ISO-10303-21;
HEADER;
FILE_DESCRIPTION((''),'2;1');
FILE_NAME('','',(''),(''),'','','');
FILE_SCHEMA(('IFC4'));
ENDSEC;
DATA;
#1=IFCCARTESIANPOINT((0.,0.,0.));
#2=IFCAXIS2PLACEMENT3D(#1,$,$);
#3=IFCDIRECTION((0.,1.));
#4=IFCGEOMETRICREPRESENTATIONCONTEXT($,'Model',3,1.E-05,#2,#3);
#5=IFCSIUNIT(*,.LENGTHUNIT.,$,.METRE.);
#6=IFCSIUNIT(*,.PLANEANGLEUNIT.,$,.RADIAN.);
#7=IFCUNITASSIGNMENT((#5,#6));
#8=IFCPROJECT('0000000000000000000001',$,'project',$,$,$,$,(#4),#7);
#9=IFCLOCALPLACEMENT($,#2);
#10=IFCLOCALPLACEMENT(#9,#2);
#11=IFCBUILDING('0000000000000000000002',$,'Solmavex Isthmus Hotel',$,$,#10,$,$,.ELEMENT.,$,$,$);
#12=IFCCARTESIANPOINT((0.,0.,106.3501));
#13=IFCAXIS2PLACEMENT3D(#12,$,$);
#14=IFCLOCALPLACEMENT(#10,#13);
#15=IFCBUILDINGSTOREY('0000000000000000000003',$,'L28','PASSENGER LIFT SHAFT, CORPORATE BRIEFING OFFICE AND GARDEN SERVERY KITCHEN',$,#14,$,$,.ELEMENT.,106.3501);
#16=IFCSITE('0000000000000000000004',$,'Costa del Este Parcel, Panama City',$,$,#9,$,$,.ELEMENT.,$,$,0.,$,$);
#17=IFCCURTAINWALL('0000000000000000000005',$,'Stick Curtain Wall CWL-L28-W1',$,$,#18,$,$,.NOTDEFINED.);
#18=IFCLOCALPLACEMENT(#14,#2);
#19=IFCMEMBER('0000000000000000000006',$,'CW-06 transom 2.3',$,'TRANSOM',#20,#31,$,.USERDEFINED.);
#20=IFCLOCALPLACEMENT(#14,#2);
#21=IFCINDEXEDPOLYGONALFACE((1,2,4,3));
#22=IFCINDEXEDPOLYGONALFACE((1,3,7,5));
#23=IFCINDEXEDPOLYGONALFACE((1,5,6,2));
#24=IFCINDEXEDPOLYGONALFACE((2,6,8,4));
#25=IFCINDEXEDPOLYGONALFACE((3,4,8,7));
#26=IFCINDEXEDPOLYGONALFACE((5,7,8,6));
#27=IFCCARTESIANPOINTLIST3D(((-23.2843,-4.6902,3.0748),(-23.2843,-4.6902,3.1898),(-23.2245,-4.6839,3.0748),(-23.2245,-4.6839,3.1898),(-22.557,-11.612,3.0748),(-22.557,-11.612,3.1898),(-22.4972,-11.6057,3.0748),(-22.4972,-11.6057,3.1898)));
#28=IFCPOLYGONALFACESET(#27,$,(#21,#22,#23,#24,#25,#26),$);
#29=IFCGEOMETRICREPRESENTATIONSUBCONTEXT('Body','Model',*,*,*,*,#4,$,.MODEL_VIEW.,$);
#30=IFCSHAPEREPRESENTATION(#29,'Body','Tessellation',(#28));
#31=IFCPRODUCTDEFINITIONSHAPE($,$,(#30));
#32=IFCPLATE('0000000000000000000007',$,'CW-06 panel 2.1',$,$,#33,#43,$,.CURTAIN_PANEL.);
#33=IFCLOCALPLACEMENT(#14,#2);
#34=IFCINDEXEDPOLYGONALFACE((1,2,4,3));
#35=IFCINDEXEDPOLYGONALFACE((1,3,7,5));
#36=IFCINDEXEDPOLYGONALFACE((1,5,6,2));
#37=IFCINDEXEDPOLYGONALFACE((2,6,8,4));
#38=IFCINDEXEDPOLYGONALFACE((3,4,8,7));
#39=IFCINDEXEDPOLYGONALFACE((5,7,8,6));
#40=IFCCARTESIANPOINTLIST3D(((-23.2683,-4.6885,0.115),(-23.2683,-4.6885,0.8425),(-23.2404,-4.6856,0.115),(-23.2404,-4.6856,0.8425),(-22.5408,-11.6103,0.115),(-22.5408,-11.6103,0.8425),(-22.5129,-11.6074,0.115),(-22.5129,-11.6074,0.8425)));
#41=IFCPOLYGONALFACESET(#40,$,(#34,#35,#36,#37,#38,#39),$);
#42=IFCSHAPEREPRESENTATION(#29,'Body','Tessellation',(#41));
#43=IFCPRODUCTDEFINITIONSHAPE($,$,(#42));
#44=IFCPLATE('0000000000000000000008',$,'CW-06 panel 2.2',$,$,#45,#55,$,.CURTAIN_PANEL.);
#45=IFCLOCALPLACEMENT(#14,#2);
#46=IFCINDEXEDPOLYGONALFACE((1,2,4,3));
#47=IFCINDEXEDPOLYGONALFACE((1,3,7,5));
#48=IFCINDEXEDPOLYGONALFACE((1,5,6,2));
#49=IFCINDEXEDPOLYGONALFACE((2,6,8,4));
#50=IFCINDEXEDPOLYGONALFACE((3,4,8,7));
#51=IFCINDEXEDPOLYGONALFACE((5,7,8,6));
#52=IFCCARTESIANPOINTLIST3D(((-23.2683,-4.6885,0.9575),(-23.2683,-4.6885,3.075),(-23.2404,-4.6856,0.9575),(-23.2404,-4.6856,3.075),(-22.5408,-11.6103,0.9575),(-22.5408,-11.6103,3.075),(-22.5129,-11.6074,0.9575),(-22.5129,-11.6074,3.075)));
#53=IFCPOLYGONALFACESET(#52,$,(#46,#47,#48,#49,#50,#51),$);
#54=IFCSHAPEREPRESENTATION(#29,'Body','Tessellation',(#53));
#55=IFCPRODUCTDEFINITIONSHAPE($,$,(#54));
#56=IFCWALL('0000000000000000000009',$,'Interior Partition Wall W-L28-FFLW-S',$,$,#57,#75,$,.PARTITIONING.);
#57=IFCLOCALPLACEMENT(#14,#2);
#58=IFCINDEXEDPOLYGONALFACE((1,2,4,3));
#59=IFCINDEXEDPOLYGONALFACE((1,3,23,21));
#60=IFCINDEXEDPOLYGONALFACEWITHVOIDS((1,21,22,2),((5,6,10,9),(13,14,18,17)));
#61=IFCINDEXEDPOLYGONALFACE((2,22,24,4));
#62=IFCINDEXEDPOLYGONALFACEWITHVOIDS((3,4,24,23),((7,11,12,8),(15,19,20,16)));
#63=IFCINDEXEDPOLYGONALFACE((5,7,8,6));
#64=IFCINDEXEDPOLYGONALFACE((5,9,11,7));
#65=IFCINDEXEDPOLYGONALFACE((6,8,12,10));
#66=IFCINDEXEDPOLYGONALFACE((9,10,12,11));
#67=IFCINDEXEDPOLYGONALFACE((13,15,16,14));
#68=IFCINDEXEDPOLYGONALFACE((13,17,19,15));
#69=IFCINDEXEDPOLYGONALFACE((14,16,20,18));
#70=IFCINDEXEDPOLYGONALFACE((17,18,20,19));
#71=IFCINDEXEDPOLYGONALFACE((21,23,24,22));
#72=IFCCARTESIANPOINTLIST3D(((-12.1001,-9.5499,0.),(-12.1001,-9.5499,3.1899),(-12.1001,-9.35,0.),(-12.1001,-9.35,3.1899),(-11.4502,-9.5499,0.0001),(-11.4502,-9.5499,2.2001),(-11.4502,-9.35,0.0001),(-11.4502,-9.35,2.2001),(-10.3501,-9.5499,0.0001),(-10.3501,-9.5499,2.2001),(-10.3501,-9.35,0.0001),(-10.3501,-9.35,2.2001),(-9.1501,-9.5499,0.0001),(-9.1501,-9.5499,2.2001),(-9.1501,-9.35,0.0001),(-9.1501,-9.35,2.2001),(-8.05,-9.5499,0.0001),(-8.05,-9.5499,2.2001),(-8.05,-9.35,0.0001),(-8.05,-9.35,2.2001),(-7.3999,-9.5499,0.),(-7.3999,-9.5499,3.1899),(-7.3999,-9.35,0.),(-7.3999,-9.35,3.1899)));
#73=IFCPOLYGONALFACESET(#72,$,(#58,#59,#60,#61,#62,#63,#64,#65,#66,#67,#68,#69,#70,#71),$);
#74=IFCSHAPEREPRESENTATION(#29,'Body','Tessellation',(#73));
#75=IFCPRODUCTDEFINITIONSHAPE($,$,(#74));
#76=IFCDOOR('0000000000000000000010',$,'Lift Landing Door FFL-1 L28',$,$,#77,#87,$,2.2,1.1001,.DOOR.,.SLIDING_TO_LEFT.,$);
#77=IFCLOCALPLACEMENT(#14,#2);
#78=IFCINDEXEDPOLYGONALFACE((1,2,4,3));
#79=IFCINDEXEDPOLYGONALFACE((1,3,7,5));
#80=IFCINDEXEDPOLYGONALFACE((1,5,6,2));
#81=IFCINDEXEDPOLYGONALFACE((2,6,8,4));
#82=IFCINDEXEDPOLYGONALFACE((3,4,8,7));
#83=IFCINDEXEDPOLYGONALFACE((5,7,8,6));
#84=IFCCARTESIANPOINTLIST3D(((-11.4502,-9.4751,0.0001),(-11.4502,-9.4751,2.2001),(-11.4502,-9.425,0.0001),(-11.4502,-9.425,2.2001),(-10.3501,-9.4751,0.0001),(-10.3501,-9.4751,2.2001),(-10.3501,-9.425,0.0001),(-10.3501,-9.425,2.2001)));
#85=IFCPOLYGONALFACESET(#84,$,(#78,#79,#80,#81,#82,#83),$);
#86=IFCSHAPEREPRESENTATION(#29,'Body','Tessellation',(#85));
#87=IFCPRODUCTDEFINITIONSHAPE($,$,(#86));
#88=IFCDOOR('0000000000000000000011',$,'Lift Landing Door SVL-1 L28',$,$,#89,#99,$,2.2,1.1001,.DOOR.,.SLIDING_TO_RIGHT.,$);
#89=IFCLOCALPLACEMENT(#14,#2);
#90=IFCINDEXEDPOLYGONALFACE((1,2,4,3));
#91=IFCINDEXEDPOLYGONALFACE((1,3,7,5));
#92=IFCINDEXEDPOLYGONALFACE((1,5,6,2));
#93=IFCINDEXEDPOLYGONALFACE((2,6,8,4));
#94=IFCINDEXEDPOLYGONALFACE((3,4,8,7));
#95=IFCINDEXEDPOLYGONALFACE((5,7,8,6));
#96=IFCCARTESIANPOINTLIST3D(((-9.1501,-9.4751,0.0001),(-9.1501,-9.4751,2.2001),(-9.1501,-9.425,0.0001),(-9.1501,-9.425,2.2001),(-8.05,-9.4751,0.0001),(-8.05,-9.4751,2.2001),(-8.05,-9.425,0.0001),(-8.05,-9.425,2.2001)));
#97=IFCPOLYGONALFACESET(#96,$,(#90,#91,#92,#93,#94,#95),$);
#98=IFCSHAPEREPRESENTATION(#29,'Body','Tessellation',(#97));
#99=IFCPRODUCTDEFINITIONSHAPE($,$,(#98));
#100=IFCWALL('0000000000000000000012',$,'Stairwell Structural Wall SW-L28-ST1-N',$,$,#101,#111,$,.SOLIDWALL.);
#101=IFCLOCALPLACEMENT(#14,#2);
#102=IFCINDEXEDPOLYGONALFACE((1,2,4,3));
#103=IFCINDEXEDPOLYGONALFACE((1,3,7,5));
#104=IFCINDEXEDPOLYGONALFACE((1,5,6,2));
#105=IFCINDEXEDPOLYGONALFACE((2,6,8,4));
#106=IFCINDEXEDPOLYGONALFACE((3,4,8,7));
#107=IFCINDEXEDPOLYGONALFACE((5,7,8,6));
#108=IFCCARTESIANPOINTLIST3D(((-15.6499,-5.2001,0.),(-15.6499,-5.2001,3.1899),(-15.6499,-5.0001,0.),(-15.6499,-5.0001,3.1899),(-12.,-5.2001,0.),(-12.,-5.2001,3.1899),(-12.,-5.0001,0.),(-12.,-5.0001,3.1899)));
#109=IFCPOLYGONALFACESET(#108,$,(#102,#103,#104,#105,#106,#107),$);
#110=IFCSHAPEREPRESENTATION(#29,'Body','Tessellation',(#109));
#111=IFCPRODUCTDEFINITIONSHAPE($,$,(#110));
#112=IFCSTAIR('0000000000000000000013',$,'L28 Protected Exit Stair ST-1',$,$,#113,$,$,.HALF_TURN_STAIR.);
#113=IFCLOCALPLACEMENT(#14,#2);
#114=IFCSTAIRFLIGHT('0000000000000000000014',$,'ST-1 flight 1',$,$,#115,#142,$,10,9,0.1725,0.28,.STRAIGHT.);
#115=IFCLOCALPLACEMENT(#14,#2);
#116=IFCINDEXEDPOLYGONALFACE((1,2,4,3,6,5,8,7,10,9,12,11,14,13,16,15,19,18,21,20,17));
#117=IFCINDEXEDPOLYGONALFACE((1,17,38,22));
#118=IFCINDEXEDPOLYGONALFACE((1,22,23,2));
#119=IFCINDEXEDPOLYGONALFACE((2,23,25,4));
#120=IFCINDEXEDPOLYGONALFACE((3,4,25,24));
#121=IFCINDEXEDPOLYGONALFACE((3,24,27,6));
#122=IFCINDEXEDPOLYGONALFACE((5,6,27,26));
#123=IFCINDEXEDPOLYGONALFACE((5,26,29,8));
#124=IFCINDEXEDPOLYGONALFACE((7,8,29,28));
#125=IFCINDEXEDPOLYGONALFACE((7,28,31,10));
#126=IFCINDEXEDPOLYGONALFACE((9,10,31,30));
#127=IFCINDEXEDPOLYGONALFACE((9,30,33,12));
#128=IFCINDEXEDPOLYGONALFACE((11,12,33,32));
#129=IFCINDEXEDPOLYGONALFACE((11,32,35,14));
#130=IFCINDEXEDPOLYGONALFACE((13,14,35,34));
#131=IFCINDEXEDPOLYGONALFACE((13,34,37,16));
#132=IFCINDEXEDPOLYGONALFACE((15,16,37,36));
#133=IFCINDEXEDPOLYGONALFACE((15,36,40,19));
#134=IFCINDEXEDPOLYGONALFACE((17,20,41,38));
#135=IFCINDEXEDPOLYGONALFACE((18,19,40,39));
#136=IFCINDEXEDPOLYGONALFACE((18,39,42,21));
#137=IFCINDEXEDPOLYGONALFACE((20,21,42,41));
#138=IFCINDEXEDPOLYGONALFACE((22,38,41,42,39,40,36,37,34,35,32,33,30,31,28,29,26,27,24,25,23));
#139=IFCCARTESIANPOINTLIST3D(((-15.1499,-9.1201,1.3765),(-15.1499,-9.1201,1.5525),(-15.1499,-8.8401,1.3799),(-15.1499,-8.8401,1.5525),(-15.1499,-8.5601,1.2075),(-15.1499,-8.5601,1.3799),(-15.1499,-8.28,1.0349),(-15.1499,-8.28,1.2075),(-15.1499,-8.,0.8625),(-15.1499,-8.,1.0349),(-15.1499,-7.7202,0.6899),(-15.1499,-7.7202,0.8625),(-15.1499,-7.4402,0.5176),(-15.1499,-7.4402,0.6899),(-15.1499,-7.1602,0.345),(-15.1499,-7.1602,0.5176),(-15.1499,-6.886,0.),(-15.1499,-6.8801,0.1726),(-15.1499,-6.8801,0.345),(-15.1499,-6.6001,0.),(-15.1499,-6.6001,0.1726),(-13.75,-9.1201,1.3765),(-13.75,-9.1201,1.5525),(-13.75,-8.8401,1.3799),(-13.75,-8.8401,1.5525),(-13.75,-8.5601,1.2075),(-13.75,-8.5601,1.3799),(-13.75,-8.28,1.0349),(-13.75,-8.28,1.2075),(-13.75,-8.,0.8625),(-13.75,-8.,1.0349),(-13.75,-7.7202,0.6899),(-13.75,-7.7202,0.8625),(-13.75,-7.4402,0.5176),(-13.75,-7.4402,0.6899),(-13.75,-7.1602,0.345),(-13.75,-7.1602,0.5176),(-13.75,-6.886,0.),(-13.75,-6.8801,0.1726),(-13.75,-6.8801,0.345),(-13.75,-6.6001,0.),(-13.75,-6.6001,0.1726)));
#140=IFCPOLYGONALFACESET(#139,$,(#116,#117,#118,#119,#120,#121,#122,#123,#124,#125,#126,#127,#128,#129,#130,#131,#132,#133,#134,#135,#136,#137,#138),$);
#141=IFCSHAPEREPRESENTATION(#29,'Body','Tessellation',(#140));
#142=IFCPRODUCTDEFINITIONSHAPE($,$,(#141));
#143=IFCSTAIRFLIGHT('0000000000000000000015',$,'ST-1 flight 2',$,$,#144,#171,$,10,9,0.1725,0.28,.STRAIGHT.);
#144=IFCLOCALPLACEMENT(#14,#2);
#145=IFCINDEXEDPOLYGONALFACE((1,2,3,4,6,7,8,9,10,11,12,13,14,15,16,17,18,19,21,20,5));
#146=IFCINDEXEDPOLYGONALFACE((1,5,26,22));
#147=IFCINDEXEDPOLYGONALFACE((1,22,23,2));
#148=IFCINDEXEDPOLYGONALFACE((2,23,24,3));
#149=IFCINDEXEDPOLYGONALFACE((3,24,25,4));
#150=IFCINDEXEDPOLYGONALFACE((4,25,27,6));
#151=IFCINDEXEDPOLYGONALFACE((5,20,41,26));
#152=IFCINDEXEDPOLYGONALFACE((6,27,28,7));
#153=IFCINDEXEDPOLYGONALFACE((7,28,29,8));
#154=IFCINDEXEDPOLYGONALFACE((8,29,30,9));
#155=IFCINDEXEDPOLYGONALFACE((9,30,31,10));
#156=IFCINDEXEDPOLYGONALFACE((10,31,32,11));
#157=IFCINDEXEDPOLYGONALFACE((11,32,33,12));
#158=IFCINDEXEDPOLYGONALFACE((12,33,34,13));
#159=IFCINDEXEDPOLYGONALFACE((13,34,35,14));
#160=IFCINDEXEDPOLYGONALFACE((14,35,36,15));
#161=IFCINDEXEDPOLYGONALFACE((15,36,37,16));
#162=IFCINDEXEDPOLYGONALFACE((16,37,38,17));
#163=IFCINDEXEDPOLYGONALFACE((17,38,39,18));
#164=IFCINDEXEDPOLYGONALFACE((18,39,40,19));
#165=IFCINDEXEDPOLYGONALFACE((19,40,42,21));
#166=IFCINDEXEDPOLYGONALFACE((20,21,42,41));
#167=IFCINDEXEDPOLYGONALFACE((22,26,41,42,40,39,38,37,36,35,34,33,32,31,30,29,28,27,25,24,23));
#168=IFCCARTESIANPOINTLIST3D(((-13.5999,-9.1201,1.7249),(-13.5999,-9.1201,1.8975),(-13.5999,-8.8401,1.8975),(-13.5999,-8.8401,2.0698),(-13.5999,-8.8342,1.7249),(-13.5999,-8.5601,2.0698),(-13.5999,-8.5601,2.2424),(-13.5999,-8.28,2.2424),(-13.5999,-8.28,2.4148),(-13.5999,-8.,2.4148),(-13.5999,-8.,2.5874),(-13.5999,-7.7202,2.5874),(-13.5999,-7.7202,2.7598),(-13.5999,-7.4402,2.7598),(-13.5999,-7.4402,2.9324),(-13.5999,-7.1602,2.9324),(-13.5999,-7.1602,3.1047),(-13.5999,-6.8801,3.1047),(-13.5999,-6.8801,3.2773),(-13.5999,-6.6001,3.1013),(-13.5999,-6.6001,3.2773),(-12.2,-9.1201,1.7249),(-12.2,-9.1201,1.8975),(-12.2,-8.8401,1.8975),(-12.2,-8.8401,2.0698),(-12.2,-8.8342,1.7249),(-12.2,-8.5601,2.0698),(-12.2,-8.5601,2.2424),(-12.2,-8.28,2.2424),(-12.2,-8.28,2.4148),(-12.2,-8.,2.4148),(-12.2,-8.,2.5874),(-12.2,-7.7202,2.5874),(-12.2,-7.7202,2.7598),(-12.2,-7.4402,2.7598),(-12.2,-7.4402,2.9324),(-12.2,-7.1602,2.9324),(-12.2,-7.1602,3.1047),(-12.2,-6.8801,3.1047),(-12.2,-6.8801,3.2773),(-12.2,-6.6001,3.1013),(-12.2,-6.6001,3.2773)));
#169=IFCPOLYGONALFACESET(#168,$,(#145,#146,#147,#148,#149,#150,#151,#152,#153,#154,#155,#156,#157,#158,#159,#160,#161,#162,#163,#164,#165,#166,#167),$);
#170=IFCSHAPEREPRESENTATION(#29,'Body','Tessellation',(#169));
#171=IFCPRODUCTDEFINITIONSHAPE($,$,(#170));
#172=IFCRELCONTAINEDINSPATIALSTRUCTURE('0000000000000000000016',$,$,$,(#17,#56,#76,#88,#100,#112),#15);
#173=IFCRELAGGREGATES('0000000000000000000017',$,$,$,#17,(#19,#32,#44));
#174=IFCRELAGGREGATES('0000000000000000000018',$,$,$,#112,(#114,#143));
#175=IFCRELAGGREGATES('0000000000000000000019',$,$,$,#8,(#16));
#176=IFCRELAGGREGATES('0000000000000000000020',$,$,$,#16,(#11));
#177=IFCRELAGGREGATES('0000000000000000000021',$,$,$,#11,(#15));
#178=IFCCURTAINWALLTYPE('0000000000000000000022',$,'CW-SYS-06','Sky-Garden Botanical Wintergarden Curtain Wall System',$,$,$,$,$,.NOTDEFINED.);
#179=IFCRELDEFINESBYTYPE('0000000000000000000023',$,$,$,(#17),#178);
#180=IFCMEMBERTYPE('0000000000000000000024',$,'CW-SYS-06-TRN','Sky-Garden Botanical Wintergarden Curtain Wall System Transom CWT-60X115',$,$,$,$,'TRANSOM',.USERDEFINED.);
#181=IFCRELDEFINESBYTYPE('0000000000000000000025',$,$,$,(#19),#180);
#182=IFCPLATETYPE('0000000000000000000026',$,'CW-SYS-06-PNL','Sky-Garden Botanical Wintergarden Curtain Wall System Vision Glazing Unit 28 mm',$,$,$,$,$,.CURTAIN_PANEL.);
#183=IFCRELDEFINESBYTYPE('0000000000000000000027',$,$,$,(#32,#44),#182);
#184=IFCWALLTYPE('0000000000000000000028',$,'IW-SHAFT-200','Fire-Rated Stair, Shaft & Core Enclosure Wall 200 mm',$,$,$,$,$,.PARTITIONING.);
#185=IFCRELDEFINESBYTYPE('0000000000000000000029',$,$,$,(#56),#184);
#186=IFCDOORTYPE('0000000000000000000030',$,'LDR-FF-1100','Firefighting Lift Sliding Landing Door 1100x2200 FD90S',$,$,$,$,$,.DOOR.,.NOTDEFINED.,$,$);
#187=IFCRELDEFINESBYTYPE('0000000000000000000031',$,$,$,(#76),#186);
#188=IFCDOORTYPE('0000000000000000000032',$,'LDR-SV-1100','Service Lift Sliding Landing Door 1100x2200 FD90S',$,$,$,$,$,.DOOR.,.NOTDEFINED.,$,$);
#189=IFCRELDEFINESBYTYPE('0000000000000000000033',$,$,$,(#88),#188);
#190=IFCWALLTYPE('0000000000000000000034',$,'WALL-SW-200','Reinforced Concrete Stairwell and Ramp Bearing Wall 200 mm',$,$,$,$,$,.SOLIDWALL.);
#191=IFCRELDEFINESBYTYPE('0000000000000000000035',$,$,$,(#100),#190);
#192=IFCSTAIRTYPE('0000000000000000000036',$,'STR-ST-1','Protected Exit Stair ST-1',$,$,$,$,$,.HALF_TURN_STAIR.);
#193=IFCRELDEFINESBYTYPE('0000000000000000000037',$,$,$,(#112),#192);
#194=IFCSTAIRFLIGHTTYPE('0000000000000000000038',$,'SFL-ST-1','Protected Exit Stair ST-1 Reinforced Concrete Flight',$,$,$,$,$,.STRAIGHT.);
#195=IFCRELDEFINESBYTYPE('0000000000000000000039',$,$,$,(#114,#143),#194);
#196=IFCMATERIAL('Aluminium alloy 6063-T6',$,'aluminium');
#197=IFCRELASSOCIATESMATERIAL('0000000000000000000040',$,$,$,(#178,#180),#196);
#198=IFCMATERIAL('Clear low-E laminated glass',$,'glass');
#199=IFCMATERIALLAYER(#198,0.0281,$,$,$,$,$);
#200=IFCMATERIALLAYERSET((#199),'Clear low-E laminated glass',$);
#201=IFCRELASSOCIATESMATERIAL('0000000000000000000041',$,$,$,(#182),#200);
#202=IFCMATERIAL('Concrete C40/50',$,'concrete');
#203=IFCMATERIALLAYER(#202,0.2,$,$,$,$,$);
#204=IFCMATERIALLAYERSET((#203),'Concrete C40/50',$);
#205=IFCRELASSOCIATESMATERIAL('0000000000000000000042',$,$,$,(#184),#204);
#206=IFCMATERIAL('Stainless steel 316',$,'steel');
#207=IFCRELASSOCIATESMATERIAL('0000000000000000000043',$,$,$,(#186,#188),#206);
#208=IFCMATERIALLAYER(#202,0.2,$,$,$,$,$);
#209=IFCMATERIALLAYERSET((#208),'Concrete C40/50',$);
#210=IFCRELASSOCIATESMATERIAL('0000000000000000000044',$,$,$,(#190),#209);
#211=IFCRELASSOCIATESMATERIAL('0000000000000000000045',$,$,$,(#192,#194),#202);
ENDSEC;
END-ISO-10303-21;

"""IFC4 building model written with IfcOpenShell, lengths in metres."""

from ifc_helpers import new_model, si_unit, direction, frame, frame_2d, origin, origin_2d, place, context, subcontext, project, spatial, polyline, rectangle, outline, extrude, material, layer, layer_set, material_profile, profile_set, type_object, element, fill, aggregate, save


model = new_model("IFC4")

# Units and contexts
model_context = context("Model", 3, precision=1e-05, world=origin(), true_north=direction((0.0, 1.0)))
body_context = subcontext(model_context, "Body", "Model", "MODEL_VIEW")
ifc_project = project(units=[si_unit("LENGTHUNIT", "METRE"), si_unit("PLANEANGLEUNIT", "RADIAN")], contexts=[model_context])

# Site, building, storey
site_placement = place(None, origin())
site = spatial("IfcSite", under=ifc_project, at=site_placement, Name="Costa del Este Parcel, Panama City", CompositionType="ELEMENT", RefElevation=0.0)
building_placement = place(site_placement, origin())
building = spatial("IfcBuilding", under=site, at=building_placement, Name="Solmavex Isthmus Hotel", CompositionType="ELEMENT")
storey_placement = place(building_placement, frame((0.0, 0.0, 106.3501)))
storey = spatial("IfcBuildingStorey", under=building, at=storey_placement, Name="L28", Description="PASSENGER LIFT SHAFT, CORPORATE BRIEFING OFFICE AND GARDEN SERVERY KITCHEN", CompositionType="ELEMENT", Elevation=106.3501)

# Curtain wall, member, plates
ifc_material_1 = material(Name="Aluminium alloy 6063-T6", Category="aluminium")
curtain_wall_type = type_object("IfcCurtainWallType", Name="CW-SYS-06", Description="Sky-Garden Botanical Wintergarden Curtain Wall System", PredefinedType="NOTDEFINED", material=ifc_material_1)
curtain_wall_placement = place(storey_placement, origin())
curtain_wall = element("IfcCurtainWall", 1, at=curtain_wall_placement, inside=storey, type_object=curtain_wall_type, Name="Stick Curtain Wall CWL-L28-W1", PredefinedType="NOTDEFINED")
ifc_material_profile = material_profile(ifc_material_1, rectangle(XDim=0.0601, YDim=0.115, at=origin_2d()), Name="CWT-60X115")
ifc_profile_set = profile_set([ifc_material_profile], Name="Aluminium alloy 6063-T6")
member_type = type_object("IfcMemberType", Name="CW-SYS-06-TRN", Description="Sky-Garden Botanical Wintergarden Curtain Wall System Transom CWT-60X115", ElementType="TRANSOM", PredefinedType="USERDEFINED", material=ifc_profile_set)
member_placement = place(storey_placement, frame((-22.5271, -11.6089, 3.1323), z_axis=(-0.104497, 0.994525, 0.0), x_axis=(-0.994525, -0.104497, 0.0)))
member = element("IfcMember", 2, at=member_placement, type_object=member_type, Name="CW-06 transom 2.3", ObjectType="TRANSOM", PredefinedType="USERDEFINED", context=body_context, shape_type="SweptSolid", body=[
    extrude(rectangle(XDim=0.0601, YDim=0.115, at=origin_2d()), origin(), (0.0, 0.0, 1.0), 6.96),
])
ifc_material_2 = material(Name="Clear low-E laminated glass", Category="glass")
ifc_layer_1 = layer(ifc_material_2, 0.0281)
ifc_layer_set_1 = layer_set([ifc_layer_1], Name="Clear low-E laminated glass")
plate_type = type_object("IfcPlateType", Name="CW-SYS-06-PNL", Description="Sky-Garden Botanical Wintergarden Curtain Wall System Vision Glazing Unit 28 mm", PredefinedType="CURTAIN_PANEL", material=ifc_layer_set_1)
plate_1_placement = place(storey_placement, frame((-22.8906, -8.1479, 0.115), z_axis=(0.0, 0.0, 1.0), x_axis=(-0.104528, 0.994522, 0.0)))
plate_1 = element("IfcPlate", 3, at=plate_1_placement, type_object=plate_type, Name="CW-06 panel 2.1", PredefinedType="CURTAIN_PANEL", context=body_context, shape_type="SweptSolid", body=[
    extrude(rectangle(XDim=6.96, YDim=0.0281, at=origin_2d()), origin(), (0.0, 0.0, 1.0), 0.7275),
])
plate_2_placement = place(storey_placement, frame((-22.8906, -8.1479, 0.9575), z_axis=(0.0, 0.0, 1.0), x_axis=(-0.104528, 0.994522, 0.0)))
plate_2 = element("IfcPlate", 4, at=plate_2_placement, type_object=plate_type, Name="CW-06 panel 2.2", PredefinedType="CURTAIN_PANEL", context=body_context, shape_type="SweptSolid", body=[
    extrude(rectangle(XDim=6.96, YDim=0.0281, at=origin_2d()), origin(), (0.0, 0.0, 1.0), 2.1174),
])
aggregate(curtain_wall, [member, plate_1, plate_2])

# Wall, openings, doors
ifc_material_3 = material(Name="Concrete C40/50", Category="concrete")
ifc_layer_2 = layer(ifc_material_3, 0.2)
ifc_layer_set_2 = layer_set([ifc_layer_2], Name="Concrete C40/50")
wall_type_1 = type_object("IfcWallType", Name="IW-SHAFT-200", Description="Fire-Rated Stair, Shaft & Core Enclosure Wall 200 mm", PredefinedType="PARTITIONING", material=ifc_layer_set_2)
wall_1_placement = place(storey_placement, frame((-12.1001, -9.45, 0.0), z_axis=(0.0, 0.0, 1.0), x_axis=(1.0, 0.0, 0.0)))
wall_1 = element("IfcWall", 5, at=wall_1_placement, inside=storey, type_object=wall_type_1, Name="Interior Partition Wall W-L28-FFLW-S", PredefinedType="PARTITIONING", context=body_context, shape_type="SweptSolid", body=[
    extrude(rectangle(XDim=4.7002, YDim=0.2, at=frame_2d((2.3501, 0.0))), origin(), (0.0, 0.0, 1.0), 3.1899),
])
opening_1_placement = place(wall_1_placement, frame((0.6499, 0.0, 0.0)))
opening_1 = element("IfcOpeningElement", 6, at=opening_1_placement, cuts=wall_1, PredefinedType="OPENING", context=body_context, shape_type="SweptSolid", body=[
    extrude(rectangle(XDim=1.1001, YDim=2.2, at=frame_2d((0.55, 1.1001))), frame((0.0, 0.1099, 0.0), z_axis=(0.0, -1.0, 0.0), x_axis=(1.0, 0.0, 0.0)), (0.0, 0.0, 1.0), 0.22),
])
opening_2_placement = place(wall_1_placement, frame((2.95, 0.0, 0.0)))
opening_2 = element("IfcOpeningElement", 7, at=opening_2_placement, cuts=wall_1, PredefinedType="OPENING", context=body_context, shape_type="SweptSolid", body=[
    extrude(rectangle(XDim=1.1001, YDim=2.2, at=frame_2d((0.55, 1.1001))), frame((0.0, 0.1099, 0.0), z_axis=(0.0, -1.0, 0.0), x_axis=(1.0, 0.0, 0.0)), (0.0, 0.0, 1.0), 0.22),
])
ifc_material_4 = material(Name="Stainless steel 316", Category="steel")
door_type_1 = type_object("IfcDoorType", Name="LDR-FF-1100", Description="Firefighting Lift Sliding Landing Door 1100x2200 FD90S", OperationType="NOTDEFINED", PredefinedType="DOOR", material=ifc_material_4)
door_1_placement = place(opening_1_placement, origin())
door_1 = element("IfcDoor", 8, at=door_1_placement, inside=storey, type_object=door_type_1, Name="Lift Landing Door FFL-1 L28", OperationType="SLIDING_TO_LEFT", OverallHeight=2.2, OverallWidth=1.1001, PredefinedType="DOOR", context=body_context, shape_type="SweptSolid", body=[
    extrude(rectangle(XDim=1.1001, YDim=2.2, at=frame_2d((0.55, 1.1001))), frame((0.0, 0.0249, 0.0), z_axis=(0.0, -1.0, 0.0), x_axis=(1.0, 0.0, 0.0)), (0.0, 0.0, 1.0), 0.05),
])
fill(opening_1, door_1)
door_type_2 = type_object("IfcDoorType", Name="LDR-SV-1100", Description="Service Lift Sliding Landing Door 1100x2200 FD90S", OperationType="NOTDEFINED", PredefinedType="DOOR", material=ifc_material_4)
door_2_placement = place(opening_2_placement, origin())
door_2 = element("IfcDoor", 9, at=door_2_placement, inside=storey, type_object=door_type_2, Name="Lift Landing Door SVL-1 L28", OperationType="SLIDING_TO_RIGHT", OverallHeight=2.2, OverallWidth=1.1001, PredefinedType="DOOR", context=body_context, shape_type="SweptSolid", body=[
    extrude(rectangle(XDim=1.1001, YDim=2.2, at=frame_2d((0.55, 1.1001))), frame((0.0, 0.0249, 0.0), z_axis=(0.0, -1.0, 0.0), x_axis=(1.0, 0.0, 0.0)), (0.0, 0.0, 1.0), 0.05),
])
fill(opening_2, door_2)

# Wall
ifc_layer_3 = layer(ifc_material_3, 0.2)
ifc_layer_set_3 = layer_set([ifc_layer_3], Name="Concrete C40/50")
wall_type_2 = type_object("IfcWallType", Name="WALL-SW-200", Description="Reinforced Concrete Stairwell and Ramp Bearing Wall 200 mm", PredefinedType="SOLIDWALL", material=ifc_layer_set_3)
wall_2_placement = place(storey_placement, frame((-15.6499, -5.1001, 0.0), z_axis=(0.0, 0.0, 1.0), x_axis=(1.0, 0.0, 0.0)))
element("IfcWall", 10, at=wall_2_placement, inside=storey, type_object=wall_type_2, Name="Stairwell Structural Wall SW-L28-ST1-N", PredefinedType="SOLIDWALL", context=body_context, shape_type="SweptSolid", body=[
    extrude(rectangle(XDim=3.6499, YDim=0.2, at=frame_2d((1.825, 0.0))), origin(), (0.0, 0.0, 1.0), 3.1899),
])

# Stair, stair flights
stair_type = type_object("IfcStairType", Name="STR-ST-1", Description="Protected Exit Stair ST-1", PredefinedType="HALF_TURN_STAIR", material=ifc_material_3)
stair_placement = place(storey_placement, origin())
stair = element("IfcStair", 11, at=stair_placement, inside=storey, type_object=stair_type, Name="L28 Protected Exit Stair ST-1", PredefinedType="HALF_TURN_STAIR")
stair_flight_type = type_object("IfcStairFlightType", Name="SFL-ST-1", Description="Protected Exit Stair ST-1 Reinforced Concrete Flight", PredefinedType="STRAIGHT", material=ifc_material_3)
stair_flight_1_placement = place(storey_placement, frame((-14.45, -6.6001, 0.0), z_axis=(0.0, 0.0, 1.0), x_axis=(0.0, -1.0, 0.0)))
stair_flight_1 = element("IfcStairFlight", 12, at=stair_flight_1_placement, type_object=stair_flight_type, Name="ST-1 flight 1", NumberOfRisers=10, NumberOfTreads=9, PredefinedType="STRAIGHT", RiserHeight=0.1725, TreadLength=0.28, context=body_context, shape_type="SweptSolid", body=[
    extrude(outline(polyline([(0.0, 0.0), (0.0, 0.1726), (0.28, 0.1726), (0.28, 0.345), (0.5601, 0.345), (0.5601, 0.5176), (0.8401, 0.5176), (0.8401, 0.6899), (1.1201, 0.6899), (1.1201, 0.8625), (1.3999, 0.8625), (1.3999, 1.0349), (1.6799, 1.0349), (1.6799, 1.2075), (1.96, 1.2075), (1.96, 1.3799), (2.24, 1.3799), (2.24, 1.5525), (2.52, 1.5525), (2.52, 1.7251), (2.52, 1.3765), (0.2859, 0.0), (0.0, 0.0)])), frame((0.0, 0.7, 0.0), z_axis=(0.0, -1.0, 0.0), x_axis=(1.0, 0.0, 0.0)), (0.0, 0.0, 1.0), 1.3999),
])
stair_flight_2_placement = place(storey_placement, frame((-12.8999, -9.1201, 1.7249), z_axis=(0.0, 0.0, 1.0), x_axis=(0.0, 1.0, 0.0)))
stair_flight_2 = element("IfcStairFlight", 13, at=stair_flight_2_placement, type_object=stair_flight_type, Name="ST-1 flight 2", NumberOfRisers=10, NumberOfTreads=9, PredefinedType="STRAIGHT", RiserHeight=0.1725, TreadLength=0.28, context=body_context, shape_type="SweptSolid", body=[
    extrude(outline(polyline([(0.0, 0.0), (0.0, 0.1726), (0.28, 0.1726), (0.28, 0.345), (0.5601, 0.345), (0.5601, 0.5176), (0.8401, 0.5176), (0.8401, 0.6899), (1.1201, 0.6899), (1.1201, 0.8625), (1.3999, 0.8625), (1.3999, 1.0349), (1.6799, 1.0349), (1.6799, 1.2075), (1.96, 1.2075), (1.96, 1.3799), (2.24, 1.3799), (2.24, 1.5525), (2.52, 1.5525), (2.52, 1.7251), (2.52, 1.3765), (0.2859, 0.0), (0.0, 0.0)])), frame((0.0, 0.7, 0.0), z_axis=(0.0, -1.0, 0.0), x_axis=(1.0, 0.0, 0.0)), (0.0, 0.0, 1.0), 1.3999),
])
aggregate(stair, [stair_flight_1, stair_flight_2])

save(model, "model.ifc")
